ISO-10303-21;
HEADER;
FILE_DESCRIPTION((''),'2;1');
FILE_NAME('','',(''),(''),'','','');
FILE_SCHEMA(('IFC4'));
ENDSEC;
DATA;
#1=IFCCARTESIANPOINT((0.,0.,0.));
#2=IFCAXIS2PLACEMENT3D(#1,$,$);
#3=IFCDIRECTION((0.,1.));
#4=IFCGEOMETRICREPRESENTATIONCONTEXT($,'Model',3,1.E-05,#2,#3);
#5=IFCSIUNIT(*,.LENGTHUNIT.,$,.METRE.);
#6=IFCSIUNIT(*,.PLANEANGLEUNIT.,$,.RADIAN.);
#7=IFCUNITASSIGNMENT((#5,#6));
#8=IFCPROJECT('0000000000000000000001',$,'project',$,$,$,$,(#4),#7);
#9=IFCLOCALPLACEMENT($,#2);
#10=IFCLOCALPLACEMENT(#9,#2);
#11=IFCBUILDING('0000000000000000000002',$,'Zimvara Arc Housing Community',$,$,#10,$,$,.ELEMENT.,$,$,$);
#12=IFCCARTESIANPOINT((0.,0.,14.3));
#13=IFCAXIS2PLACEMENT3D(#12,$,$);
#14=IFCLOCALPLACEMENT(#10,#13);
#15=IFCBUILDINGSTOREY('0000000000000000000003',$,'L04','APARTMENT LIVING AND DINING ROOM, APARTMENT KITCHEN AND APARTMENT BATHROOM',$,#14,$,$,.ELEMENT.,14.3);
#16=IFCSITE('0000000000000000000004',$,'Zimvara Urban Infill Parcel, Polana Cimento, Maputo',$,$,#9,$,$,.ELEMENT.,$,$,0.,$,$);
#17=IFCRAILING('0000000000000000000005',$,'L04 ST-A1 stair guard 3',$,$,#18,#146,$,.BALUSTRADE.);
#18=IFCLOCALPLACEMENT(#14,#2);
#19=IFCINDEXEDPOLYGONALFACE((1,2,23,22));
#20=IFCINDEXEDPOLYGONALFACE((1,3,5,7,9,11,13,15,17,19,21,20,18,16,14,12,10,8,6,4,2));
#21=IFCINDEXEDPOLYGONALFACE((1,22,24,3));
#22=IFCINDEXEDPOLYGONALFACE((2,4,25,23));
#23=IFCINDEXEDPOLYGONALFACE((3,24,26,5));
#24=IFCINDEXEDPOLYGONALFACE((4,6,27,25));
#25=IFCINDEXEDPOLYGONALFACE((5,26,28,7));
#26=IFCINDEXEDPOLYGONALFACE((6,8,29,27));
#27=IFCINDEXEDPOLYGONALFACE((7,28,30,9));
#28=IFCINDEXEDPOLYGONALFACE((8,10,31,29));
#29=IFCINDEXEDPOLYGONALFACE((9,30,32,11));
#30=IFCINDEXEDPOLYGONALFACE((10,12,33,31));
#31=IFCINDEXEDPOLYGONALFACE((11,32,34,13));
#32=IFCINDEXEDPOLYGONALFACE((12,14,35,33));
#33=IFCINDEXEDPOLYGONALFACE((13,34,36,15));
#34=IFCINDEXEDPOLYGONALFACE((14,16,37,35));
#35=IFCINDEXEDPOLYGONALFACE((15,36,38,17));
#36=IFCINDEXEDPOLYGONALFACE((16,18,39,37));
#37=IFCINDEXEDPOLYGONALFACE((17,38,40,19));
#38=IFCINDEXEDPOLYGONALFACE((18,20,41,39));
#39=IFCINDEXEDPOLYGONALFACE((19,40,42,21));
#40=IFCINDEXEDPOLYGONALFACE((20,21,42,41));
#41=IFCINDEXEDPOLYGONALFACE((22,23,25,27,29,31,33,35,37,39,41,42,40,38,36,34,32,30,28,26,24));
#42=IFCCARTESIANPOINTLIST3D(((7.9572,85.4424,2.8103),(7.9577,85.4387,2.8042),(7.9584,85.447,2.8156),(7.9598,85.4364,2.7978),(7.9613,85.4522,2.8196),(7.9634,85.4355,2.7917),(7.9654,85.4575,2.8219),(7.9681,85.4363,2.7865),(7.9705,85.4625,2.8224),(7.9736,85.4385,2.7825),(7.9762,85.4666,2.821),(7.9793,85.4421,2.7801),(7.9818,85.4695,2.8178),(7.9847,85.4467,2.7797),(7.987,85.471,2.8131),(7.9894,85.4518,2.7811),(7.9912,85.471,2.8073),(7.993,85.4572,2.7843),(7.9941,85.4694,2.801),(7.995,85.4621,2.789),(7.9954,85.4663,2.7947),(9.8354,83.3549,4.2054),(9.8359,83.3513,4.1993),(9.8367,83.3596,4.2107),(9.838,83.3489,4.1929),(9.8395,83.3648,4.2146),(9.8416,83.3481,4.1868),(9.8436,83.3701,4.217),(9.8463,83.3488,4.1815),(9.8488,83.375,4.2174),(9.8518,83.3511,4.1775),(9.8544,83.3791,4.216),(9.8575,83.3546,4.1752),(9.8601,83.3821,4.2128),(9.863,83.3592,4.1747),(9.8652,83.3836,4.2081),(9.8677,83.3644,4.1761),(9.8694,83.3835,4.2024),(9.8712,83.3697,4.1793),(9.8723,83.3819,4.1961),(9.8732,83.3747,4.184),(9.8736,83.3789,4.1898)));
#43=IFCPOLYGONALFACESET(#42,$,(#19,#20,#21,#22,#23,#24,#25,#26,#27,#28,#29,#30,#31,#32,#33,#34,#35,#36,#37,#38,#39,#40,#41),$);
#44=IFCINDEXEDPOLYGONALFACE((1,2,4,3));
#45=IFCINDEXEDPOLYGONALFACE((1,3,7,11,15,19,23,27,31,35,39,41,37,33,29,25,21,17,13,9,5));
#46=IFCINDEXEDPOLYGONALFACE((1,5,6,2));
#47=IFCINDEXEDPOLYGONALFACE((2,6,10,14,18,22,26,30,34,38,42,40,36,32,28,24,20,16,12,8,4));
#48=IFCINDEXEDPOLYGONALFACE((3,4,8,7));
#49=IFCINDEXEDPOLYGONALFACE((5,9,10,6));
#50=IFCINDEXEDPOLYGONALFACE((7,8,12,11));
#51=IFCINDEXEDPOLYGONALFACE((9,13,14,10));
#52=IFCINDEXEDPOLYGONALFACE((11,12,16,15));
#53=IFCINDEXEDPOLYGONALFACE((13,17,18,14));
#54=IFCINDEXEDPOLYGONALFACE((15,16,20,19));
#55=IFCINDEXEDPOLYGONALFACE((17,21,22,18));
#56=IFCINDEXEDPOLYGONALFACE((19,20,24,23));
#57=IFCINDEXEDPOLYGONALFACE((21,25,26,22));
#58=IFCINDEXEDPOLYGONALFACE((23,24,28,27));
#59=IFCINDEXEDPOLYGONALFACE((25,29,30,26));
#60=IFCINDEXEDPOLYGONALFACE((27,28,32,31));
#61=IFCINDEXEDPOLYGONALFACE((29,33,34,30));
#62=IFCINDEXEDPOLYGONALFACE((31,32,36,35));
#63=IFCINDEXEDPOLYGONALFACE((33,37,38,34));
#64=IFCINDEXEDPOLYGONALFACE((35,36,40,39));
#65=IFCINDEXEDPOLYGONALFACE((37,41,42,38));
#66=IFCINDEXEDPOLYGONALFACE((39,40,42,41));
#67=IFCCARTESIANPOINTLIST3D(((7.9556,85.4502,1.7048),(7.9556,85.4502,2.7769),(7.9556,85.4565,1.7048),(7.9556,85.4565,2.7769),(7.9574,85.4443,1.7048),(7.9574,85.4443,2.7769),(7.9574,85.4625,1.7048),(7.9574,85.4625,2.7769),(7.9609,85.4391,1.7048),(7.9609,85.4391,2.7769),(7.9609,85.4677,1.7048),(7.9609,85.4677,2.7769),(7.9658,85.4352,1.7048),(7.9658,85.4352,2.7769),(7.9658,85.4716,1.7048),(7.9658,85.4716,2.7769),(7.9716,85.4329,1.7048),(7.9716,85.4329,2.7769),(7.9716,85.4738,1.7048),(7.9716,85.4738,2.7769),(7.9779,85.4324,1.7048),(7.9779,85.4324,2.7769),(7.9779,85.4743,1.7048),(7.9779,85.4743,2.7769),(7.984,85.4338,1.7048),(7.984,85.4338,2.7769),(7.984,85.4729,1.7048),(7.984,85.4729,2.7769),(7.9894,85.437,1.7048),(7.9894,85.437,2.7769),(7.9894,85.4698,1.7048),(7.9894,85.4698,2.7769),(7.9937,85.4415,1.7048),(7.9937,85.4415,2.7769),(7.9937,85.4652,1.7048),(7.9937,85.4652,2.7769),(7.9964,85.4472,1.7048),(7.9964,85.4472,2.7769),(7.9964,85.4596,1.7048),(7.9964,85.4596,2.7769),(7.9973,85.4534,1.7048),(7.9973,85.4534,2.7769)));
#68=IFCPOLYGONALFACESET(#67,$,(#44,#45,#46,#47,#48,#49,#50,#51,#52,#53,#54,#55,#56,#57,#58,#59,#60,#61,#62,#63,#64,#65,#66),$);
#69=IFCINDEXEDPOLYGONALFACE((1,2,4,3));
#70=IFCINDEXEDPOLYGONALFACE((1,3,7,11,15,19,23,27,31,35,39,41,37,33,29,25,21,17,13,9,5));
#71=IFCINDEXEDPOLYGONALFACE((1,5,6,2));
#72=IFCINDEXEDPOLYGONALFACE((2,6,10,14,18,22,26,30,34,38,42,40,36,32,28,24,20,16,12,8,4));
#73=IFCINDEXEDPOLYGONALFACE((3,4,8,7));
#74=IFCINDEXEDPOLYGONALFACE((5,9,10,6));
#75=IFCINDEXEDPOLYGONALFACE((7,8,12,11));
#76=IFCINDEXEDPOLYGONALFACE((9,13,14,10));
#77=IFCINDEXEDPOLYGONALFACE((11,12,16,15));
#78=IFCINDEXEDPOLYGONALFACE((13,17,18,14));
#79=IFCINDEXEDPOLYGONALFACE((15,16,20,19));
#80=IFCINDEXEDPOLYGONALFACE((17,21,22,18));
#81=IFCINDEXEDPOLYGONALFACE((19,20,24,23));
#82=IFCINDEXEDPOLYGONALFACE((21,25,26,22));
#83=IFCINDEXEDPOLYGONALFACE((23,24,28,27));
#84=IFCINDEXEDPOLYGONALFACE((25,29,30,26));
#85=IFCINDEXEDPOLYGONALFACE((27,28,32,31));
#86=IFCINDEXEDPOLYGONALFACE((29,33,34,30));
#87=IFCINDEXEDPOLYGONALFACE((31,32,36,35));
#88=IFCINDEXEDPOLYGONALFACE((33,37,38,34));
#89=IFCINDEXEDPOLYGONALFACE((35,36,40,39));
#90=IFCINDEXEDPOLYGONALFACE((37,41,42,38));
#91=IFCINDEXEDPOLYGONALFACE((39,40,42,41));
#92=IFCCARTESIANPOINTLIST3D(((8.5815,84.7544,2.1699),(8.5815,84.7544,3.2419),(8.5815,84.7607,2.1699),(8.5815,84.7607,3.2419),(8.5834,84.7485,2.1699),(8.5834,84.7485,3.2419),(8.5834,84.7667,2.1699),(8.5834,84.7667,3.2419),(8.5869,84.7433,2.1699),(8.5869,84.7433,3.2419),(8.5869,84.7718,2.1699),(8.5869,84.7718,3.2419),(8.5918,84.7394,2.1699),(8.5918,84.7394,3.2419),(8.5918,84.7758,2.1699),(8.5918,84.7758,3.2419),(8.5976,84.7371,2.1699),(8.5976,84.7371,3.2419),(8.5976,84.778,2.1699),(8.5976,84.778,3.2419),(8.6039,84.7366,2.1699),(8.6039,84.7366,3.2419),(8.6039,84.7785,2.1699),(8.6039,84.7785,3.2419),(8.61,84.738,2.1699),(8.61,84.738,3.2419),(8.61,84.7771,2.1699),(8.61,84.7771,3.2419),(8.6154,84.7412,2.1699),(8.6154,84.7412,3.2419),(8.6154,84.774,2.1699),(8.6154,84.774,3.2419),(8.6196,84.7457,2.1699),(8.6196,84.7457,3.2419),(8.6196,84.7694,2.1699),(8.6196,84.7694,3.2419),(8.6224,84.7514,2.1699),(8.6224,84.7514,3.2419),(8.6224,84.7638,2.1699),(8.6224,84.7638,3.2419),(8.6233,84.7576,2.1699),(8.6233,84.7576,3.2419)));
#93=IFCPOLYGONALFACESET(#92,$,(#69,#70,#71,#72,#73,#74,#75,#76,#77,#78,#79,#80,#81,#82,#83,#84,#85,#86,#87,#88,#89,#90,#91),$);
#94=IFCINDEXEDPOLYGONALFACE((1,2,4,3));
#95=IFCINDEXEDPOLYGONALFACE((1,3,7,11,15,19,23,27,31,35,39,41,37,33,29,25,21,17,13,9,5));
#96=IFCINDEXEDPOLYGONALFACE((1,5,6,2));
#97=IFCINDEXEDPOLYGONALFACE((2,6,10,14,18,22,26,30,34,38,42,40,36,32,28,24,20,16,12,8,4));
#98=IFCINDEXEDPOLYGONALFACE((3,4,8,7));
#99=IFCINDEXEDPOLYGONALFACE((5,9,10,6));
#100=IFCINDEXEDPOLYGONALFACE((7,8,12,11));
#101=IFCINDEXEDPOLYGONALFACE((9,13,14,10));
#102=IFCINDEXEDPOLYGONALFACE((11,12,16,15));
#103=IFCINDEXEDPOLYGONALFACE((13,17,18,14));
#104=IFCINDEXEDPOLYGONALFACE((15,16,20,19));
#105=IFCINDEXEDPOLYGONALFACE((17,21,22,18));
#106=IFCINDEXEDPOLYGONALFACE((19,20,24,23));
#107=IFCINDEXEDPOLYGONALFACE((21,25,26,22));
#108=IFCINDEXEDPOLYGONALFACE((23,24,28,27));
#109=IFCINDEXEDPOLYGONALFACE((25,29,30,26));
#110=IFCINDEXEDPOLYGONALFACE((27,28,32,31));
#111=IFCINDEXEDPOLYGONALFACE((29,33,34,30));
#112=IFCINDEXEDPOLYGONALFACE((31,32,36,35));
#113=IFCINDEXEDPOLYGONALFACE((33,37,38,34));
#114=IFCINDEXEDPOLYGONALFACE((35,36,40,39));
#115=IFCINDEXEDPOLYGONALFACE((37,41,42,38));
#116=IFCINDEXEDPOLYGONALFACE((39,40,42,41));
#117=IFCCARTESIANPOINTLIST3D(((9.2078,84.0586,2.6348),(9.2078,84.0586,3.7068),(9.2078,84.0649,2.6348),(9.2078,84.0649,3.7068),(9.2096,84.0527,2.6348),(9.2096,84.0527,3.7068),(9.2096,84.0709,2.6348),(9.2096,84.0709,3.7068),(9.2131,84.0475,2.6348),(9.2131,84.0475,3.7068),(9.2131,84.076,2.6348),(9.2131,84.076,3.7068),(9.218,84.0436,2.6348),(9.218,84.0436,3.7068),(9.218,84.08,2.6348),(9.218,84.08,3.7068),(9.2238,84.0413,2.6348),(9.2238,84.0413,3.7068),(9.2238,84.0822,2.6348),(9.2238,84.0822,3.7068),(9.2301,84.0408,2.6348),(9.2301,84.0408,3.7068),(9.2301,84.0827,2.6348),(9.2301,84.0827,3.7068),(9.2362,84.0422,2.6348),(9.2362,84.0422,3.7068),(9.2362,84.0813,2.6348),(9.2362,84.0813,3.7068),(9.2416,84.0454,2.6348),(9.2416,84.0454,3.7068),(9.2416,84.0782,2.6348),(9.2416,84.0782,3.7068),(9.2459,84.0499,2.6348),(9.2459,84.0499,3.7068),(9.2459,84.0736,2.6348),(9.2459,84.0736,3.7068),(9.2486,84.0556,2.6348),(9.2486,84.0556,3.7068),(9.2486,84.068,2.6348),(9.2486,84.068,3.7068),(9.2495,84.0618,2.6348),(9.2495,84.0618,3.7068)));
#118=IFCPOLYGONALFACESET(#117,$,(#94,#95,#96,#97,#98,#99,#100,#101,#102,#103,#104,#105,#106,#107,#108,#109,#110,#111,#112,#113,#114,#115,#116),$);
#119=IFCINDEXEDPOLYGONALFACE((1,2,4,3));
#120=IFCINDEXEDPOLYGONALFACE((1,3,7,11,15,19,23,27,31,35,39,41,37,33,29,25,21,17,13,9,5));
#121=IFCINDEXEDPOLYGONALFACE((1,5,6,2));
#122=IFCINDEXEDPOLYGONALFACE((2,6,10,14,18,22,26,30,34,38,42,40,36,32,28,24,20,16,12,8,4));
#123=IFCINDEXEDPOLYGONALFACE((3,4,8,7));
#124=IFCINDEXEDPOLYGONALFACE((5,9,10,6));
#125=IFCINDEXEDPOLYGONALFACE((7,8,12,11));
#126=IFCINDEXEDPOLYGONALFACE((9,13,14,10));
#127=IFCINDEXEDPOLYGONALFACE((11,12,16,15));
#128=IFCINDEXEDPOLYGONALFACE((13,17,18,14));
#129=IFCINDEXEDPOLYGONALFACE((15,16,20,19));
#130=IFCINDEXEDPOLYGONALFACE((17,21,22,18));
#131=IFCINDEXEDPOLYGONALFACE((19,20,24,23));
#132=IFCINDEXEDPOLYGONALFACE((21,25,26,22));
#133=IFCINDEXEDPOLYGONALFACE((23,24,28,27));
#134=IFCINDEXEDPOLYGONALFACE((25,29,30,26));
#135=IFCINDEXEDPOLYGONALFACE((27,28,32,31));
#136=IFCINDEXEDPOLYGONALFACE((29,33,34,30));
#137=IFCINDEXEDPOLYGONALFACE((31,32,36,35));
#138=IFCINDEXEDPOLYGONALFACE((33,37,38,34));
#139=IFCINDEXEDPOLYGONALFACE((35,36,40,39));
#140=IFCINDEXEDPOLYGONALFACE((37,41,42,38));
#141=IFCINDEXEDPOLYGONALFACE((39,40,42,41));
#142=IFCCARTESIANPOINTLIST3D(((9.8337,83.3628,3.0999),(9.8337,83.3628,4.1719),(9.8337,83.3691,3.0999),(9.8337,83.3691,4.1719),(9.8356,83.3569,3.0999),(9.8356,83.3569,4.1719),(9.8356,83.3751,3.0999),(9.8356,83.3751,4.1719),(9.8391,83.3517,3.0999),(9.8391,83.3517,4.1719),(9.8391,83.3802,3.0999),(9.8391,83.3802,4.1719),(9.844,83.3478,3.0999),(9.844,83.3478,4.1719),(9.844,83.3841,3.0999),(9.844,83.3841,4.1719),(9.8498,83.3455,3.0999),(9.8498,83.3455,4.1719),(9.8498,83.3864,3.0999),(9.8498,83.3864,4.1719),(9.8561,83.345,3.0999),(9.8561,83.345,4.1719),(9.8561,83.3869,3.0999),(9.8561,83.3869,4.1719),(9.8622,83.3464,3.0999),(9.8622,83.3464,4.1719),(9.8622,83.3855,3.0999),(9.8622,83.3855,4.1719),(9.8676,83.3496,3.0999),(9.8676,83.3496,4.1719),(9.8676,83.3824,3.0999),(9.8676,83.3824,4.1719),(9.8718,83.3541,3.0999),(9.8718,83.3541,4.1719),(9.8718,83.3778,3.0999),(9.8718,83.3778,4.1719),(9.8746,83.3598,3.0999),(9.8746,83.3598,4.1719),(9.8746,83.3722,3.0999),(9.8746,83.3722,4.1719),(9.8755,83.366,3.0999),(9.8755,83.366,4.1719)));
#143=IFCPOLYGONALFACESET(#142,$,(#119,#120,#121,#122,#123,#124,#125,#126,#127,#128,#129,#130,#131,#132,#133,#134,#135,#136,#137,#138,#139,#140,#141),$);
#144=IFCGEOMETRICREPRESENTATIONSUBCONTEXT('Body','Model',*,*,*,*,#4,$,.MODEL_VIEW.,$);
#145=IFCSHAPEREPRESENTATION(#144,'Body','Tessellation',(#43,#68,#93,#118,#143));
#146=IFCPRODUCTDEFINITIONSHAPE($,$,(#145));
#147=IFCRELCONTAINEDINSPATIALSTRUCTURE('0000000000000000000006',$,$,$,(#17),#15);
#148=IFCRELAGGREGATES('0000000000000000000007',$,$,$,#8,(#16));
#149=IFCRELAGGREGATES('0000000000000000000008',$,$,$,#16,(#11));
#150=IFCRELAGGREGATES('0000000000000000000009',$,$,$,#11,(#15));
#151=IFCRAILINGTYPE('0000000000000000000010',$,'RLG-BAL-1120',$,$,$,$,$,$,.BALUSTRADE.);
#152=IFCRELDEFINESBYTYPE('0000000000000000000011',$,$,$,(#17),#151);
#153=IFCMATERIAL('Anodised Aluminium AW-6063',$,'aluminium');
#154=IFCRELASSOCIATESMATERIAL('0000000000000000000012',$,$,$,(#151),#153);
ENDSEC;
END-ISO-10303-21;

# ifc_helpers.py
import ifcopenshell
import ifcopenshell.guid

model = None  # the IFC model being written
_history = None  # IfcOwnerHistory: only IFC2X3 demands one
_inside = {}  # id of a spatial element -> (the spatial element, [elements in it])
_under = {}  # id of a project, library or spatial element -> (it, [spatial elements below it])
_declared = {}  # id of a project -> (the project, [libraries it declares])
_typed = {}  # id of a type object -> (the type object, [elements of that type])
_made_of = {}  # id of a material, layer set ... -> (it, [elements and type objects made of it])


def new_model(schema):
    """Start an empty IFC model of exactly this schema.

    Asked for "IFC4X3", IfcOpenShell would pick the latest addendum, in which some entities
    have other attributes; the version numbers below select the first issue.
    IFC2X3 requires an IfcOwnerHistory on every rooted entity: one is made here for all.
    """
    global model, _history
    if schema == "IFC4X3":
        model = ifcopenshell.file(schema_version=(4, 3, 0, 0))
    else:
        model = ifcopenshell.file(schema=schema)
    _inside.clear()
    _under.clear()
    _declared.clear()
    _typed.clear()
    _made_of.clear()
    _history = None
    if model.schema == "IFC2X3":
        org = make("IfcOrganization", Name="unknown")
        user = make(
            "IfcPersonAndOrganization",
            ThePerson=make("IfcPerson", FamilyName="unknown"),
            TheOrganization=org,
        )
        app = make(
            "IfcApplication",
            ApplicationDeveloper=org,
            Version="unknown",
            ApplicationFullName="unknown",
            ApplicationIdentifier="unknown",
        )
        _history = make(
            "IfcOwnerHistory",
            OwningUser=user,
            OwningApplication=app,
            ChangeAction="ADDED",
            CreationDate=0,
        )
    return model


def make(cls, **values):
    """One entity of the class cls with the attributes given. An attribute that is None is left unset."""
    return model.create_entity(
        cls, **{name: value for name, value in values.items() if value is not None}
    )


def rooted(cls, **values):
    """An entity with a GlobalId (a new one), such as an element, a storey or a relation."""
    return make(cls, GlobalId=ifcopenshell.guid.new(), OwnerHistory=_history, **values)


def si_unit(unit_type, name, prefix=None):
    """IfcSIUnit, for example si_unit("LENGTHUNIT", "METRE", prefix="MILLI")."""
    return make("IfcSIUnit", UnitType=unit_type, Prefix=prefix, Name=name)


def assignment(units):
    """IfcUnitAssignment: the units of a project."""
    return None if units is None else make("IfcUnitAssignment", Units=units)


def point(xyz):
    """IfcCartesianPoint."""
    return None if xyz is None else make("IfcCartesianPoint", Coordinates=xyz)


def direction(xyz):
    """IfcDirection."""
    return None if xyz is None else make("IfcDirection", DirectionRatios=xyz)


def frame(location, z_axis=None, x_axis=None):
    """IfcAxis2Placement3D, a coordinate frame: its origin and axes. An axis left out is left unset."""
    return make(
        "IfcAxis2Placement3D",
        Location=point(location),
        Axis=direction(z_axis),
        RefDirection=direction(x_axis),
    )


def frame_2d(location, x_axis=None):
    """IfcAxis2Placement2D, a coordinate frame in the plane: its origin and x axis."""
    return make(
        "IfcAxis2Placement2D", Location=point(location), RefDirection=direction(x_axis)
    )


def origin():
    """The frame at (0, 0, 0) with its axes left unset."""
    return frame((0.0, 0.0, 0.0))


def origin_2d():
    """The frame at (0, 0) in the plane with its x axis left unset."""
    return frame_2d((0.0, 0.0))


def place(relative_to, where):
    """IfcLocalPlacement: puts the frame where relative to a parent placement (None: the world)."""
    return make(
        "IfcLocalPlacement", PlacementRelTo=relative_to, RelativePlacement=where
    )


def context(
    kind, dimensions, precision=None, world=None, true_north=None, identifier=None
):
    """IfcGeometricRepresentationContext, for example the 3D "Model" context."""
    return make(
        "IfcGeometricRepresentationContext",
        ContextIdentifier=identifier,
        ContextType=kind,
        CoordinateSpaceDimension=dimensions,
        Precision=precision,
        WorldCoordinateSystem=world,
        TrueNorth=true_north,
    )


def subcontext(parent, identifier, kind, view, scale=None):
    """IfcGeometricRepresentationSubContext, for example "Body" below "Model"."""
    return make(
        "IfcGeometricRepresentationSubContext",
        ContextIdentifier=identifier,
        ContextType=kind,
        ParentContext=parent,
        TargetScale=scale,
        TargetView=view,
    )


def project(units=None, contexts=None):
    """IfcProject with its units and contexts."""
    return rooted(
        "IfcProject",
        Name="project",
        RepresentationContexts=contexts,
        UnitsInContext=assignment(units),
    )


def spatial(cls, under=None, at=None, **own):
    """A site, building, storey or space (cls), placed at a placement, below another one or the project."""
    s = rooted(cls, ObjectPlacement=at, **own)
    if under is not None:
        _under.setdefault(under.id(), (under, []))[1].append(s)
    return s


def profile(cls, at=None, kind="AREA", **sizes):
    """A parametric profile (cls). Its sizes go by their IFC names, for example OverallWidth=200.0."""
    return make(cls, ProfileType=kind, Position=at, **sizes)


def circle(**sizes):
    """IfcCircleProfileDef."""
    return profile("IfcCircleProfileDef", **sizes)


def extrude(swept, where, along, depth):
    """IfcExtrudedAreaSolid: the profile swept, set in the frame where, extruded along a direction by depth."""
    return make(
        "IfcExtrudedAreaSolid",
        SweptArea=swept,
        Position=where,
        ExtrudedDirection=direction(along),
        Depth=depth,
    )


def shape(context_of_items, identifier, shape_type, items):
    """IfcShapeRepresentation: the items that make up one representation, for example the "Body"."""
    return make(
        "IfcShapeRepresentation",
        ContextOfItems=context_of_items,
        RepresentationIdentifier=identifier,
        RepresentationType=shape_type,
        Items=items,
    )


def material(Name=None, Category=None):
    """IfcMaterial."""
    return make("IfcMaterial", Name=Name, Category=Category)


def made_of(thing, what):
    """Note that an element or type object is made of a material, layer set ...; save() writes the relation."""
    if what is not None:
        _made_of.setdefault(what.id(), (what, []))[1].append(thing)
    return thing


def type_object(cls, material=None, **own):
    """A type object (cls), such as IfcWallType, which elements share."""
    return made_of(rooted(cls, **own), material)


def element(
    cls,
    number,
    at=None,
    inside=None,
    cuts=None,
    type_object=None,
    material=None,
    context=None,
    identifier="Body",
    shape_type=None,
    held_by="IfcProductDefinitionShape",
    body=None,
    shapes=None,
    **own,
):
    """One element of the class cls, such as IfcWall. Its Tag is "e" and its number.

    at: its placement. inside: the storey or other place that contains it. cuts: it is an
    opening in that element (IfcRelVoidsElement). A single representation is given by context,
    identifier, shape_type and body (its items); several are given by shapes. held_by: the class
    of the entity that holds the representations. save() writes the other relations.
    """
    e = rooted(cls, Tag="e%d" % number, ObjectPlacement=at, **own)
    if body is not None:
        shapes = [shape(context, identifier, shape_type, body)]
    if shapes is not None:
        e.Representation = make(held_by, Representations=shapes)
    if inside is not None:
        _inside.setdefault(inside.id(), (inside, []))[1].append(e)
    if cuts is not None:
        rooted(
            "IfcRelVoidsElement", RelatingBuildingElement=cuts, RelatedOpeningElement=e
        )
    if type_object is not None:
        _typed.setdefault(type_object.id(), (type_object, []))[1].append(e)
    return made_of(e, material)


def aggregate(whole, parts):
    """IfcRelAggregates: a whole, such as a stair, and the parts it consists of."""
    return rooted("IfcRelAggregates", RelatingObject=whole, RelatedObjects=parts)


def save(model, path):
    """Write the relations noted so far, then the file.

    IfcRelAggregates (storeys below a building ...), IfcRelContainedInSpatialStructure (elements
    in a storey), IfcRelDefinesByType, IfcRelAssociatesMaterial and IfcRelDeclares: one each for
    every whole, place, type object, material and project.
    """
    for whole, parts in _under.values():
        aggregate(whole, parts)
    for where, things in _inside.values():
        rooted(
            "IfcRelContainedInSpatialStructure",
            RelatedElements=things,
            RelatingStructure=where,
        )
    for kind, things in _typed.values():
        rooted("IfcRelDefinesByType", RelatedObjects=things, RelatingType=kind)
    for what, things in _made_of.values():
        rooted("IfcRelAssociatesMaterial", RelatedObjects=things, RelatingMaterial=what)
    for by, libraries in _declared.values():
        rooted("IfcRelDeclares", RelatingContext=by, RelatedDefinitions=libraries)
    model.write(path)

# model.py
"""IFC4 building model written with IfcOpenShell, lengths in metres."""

from ifc_helpers import new_model, si_unit, direction, frame, origin, origin_2d, place, context, subcontext, project, spatial, circle, extrude, material, type_object, element, save


model = new_model("IFC4")

# Units and contexts
model_context = context("Model", 3, precision=1e-05, world=origin(), true_north=direction((0.0, 1.0)))
body_context = subcontext(model_context, "Body", "Model", "MODEL_VIEW")
ifc_project = project(units=[si_unit("LENGTHUNIT", "METRE"), si_unit("PLANEANGLEUNIT", "RADIAN")], contexts=[model_context])

# Site, building, storey
site_placement = place(None, origin())
site = spatial("IfcSite", under=ifc_project, at=site_placement, Name="Zimvara Urban Infill Parcel, Polana Cimento, Maputo", CompositionType="ELEMENT", RefElevation=0.0)
building_placement = place(site_placement, origin())
building = spatial("IfcBuilding", under=site, at=building_placement, Name="Zimvara Arc Housing Community", CompositionType="ELEMENT")
storey_placement = place(building_placement, frame((0.0, 0.0, 14.3)))
storey = spatial("IfcBuildingStorey", under=building, at=storey_placement, Name="L04", Description="APARTMENT LIVING AND DINING ROOM, APARTMENT KITCHEN AND APARTMENT BATHROOM", CompositionType="ELEMENT", Elevation=14.3)

# Railing
ifc_material_1 = material(Name="Anodised Aluminium AW-6063", Category="aluminium")
railing_type_1 = type_object("IfcRailingType", Name="RLG-BAL-1120", PredefinedType="BALUSTRADE", material=ifc_material_1)
railing_1_placement = place(storey_placement, frame((7.9763, 85.4534, 1.7048)))
element("IfcRailing", 1, at=railing_1_placement, inside=storey, type_object=railing_type_1, Name="L04 ST-A1 stair guard 3", PredefinedType="BALUSTRADE", context=body_context, shape_type="SweptSolid", body=[
    extrude(circle(Radius=0.0239, at=origin_2d()), frame((0.0, 0.0, 1.0962), z_axis=(0.599018, -0.665749, 0.444923), x_axis=(0.743381, 0.668869, 0.0)), (0.0, 0.0, 1.0), 3.1355),
    extrude(circle(Radius=0.021, at=origin_2d()), origin(), (0.0, 0.0, 1.0), 1.072),
    extrude(circle(Radius=0.021, at=origin_2d()), frame((0.626, -0.6958, 0.4651)), (0.0, 0.0, 1.0), 1.072),
    extrude(circle(Radius=0.021, at=origin_2d()), frame((1.2522, -1.3916, 0.9299)), (0.0, 0.0, 1.0), 1.072),
    extrude(circle(Radius=0.021, at=origin_2d()), frame((1.8782, -2.0874, 1.395)), (0.0, 0.0, 1.0), 1.072),
])

save(model, "model.ifc")
